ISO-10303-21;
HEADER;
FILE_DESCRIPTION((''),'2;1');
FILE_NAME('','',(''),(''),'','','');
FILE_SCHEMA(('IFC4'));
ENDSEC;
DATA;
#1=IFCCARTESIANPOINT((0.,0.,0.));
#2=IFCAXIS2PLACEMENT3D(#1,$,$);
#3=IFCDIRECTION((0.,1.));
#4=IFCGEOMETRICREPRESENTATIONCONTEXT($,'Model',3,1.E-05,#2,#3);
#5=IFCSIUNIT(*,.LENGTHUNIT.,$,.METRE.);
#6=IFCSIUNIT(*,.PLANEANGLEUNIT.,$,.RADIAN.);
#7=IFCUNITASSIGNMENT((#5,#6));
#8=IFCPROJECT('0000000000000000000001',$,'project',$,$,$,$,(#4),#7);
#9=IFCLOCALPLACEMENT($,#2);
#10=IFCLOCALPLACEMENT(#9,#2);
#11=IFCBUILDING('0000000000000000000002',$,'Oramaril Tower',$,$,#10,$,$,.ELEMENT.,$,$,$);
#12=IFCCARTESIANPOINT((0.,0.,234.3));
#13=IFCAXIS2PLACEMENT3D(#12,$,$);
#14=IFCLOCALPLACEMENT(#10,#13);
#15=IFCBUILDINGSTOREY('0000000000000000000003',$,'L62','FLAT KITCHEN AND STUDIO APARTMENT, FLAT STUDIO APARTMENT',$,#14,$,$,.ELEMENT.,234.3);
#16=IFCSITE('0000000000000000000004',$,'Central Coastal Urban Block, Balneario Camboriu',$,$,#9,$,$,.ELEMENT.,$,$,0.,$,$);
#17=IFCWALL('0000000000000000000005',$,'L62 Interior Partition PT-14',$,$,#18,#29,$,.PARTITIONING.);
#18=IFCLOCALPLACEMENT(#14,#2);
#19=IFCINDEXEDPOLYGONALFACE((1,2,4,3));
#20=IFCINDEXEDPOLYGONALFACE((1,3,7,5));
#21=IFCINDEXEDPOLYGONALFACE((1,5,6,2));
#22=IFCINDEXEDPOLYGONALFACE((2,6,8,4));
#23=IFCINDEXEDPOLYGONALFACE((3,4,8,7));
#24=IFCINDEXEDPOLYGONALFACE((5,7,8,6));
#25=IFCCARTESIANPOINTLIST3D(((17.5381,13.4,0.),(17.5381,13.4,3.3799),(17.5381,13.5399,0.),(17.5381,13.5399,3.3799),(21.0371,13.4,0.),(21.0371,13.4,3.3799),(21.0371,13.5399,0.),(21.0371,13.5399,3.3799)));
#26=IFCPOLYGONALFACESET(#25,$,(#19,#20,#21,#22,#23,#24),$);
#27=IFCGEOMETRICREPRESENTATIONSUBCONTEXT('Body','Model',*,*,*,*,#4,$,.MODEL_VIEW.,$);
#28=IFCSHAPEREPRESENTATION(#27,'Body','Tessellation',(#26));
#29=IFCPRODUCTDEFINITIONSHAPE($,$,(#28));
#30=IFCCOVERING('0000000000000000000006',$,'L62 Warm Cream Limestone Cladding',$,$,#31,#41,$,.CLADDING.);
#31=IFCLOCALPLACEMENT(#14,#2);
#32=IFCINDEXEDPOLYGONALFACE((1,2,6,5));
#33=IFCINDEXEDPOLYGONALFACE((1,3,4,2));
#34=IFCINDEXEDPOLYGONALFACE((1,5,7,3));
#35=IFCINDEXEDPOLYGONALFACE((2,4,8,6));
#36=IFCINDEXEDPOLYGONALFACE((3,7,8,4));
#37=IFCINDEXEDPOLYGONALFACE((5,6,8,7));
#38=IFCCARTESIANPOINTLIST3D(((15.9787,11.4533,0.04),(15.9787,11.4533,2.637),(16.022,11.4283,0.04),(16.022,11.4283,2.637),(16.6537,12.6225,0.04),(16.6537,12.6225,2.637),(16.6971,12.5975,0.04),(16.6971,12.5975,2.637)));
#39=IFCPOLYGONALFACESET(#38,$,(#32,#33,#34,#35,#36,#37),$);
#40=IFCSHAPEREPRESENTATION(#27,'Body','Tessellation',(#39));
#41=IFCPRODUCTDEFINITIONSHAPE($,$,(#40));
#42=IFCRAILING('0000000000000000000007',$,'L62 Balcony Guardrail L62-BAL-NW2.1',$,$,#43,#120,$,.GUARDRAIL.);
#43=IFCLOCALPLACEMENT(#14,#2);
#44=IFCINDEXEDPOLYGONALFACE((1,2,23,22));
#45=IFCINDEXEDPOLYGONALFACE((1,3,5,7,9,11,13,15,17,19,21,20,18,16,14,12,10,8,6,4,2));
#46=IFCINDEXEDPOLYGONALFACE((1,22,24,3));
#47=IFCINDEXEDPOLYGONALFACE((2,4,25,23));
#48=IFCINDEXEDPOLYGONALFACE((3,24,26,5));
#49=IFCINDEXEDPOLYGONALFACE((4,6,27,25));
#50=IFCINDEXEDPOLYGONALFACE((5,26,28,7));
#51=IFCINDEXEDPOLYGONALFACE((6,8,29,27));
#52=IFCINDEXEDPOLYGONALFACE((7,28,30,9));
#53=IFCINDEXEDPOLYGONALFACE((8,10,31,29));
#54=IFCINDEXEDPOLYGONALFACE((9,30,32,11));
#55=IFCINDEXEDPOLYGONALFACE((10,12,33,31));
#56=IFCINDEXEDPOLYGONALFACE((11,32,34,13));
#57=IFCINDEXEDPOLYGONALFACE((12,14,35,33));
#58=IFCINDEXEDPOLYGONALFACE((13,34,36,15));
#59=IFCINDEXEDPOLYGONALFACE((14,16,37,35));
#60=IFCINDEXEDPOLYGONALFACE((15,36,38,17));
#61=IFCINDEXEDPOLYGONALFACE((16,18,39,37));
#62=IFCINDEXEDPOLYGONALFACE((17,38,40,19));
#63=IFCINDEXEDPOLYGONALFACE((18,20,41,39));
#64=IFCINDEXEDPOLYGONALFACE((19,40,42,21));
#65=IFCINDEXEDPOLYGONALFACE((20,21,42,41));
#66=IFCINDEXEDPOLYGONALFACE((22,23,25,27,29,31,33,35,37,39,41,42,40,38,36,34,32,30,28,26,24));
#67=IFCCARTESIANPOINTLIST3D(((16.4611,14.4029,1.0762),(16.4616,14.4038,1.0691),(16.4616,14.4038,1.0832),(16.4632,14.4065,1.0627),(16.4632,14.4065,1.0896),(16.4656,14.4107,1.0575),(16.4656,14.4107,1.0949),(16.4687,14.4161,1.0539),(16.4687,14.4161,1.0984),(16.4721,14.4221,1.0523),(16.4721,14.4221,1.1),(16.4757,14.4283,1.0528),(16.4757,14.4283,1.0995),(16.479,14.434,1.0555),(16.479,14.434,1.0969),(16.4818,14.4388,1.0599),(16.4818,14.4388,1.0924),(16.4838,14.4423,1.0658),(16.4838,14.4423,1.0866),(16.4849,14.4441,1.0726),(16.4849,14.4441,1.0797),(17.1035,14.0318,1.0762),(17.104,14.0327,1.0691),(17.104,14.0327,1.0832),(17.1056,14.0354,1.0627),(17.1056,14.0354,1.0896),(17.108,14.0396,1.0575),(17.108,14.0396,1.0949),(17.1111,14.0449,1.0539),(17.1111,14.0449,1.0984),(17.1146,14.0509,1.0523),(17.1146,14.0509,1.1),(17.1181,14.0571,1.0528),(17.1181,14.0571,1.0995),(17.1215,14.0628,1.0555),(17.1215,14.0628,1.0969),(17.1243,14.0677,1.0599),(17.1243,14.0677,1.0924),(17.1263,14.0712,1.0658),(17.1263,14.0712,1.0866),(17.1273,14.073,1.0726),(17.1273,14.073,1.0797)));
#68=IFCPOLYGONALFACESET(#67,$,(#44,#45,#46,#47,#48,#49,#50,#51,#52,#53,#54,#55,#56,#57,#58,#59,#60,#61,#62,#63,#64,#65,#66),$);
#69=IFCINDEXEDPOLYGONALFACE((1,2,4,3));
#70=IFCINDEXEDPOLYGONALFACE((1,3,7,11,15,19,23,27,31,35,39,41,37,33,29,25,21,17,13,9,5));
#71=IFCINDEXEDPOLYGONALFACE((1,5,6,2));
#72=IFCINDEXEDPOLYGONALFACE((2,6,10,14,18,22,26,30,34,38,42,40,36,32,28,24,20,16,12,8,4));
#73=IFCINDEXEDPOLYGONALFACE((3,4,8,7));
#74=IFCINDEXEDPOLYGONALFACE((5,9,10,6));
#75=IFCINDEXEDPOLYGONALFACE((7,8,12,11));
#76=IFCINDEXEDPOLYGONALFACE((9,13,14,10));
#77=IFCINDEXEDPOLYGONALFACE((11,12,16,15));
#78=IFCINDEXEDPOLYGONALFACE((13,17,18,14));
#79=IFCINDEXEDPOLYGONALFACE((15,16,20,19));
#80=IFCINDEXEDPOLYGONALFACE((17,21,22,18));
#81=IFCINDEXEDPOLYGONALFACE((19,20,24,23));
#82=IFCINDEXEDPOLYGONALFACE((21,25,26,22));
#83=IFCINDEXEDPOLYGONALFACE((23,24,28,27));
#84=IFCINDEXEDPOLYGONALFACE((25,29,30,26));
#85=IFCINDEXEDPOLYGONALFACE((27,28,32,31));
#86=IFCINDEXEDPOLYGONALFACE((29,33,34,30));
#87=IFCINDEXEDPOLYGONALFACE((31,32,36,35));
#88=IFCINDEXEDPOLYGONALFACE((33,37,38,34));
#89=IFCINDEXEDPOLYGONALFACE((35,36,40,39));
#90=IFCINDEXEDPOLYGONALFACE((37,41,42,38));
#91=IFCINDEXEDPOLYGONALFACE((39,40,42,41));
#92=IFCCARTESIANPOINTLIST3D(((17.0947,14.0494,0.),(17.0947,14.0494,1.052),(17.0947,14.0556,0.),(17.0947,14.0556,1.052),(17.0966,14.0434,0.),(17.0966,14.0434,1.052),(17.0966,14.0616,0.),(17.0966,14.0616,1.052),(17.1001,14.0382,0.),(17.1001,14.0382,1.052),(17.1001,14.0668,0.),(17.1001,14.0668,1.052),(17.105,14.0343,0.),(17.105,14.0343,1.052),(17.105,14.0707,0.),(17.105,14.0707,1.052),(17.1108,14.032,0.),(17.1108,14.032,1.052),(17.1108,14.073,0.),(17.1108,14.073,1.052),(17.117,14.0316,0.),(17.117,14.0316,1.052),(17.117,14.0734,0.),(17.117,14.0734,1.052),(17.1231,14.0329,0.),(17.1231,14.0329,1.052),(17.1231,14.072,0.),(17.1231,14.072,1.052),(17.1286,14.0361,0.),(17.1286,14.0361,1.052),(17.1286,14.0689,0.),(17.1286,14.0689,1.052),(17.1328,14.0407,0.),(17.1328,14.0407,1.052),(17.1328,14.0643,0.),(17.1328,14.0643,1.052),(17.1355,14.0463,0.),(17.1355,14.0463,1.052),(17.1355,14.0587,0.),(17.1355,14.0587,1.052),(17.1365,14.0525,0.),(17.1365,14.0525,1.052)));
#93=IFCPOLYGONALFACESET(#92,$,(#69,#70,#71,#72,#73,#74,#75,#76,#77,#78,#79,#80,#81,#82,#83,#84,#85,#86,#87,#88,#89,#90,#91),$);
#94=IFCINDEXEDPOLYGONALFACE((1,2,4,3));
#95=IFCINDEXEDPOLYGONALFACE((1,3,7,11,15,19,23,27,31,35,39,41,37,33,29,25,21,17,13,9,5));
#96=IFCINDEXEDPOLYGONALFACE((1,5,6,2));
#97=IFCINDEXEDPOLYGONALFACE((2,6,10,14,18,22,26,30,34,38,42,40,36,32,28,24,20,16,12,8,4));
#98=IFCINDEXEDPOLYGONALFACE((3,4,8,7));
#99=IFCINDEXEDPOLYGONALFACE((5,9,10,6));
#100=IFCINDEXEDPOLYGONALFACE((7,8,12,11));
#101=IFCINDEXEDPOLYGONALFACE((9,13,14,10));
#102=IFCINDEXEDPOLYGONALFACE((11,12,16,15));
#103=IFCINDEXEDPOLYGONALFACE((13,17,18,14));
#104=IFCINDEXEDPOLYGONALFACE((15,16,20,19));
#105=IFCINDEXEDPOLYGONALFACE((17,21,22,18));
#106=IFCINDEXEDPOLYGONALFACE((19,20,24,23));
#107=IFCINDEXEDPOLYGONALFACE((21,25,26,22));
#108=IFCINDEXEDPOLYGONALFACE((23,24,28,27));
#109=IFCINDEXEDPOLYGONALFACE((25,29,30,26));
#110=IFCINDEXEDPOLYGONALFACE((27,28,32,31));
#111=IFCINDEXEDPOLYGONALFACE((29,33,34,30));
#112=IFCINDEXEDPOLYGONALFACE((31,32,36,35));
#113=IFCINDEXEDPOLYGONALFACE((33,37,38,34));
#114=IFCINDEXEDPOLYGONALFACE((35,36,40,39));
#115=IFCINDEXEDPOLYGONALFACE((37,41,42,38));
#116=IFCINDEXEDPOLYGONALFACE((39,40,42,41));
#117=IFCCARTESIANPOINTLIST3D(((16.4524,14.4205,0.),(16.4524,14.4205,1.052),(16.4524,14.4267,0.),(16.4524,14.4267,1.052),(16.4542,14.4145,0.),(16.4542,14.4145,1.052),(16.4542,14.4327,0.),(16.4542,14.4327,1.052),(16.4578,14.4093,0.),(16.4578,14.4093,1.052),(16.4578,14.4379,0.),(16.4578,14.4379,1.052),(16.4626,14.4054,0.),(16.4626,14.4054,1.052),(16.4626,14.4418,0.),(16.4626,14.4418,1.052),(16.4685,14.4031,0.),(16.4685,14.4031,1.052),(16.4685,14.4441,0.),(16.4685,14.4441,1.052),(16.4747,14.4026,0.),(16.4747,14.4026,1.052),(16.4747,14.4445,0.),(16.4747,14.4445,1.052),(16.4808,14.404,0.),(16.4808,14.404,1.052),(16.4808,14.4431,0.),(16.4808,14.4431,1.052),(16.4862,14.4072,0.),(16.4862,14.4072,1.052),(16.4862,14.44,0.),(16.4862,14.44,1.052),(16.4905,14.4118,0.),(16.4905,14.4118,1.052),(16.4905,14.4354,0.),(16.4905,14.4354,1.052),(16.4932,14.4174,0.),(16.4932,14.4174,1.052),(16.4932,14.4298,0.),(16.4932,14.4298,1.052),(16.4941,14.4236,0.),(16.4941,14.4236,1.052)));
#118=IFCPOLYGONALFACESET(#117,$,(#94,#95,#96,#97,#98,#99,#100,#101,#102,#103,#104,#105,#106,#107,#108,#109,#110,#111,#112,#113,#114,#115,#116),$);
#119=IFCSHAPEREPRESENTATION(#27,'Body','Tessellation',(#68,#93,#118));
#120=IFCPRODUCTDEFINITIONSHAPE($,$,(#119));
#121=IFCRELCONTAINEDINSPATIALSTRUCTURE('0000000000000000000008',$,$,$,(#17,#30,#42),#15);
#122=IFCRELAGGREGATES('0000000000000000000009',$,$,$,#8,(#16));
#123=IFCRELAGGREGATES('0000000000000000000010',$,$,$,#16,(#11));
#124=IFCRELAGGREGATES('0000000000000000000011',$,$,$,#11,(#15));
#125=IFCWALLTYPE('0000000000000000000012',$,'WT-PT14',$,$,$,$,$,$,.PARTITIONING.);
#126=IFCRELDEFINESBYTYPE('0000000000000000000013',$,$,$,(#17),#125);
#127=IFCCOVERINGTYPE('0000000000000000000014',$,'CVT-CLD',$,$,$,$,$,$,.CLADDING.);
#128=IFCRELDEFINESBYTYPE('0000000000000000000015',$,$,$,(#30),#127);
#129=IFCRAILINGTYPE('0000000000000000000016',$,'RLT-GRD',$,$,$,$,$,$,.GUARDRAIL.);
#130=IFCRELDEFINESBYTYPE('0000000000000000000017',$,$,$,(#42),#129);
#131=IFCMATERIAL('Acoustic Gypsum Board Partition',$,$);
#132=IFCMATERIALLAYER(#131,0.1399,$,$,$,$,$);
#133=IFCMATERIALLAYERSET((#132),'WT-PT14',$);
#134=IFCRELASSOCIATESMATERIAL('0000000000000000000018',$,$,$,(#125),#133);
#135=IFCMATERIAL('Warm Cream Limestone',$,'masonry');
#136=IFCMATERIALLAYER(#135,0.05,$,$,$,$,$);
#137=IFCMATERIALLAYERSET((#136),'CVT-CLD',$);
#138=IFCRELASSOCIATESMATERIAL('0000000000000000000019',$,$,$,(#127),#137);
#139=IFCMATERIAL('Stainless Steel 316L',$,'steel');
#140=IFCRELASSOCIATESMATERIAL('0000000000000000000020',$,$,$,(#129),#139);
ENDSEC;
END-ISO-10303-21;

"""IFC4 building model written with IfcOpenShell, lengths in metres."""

from ifc_helpers import new_model, si_unit, direction, frame, frame_2d, origin, origin_2d, place, context, subcontext, project, spatial, rectangle, circle, extrude, material, layer, layer_set, type_object, element, save


model = new_model("IFC4")

# Units and contexts
model_context = context("Model", 3, precision=1e-05, world=origin(), true_north=direction((0.0, 1.0)))
body_context = subcontext(model_context, "Body", "Model", "MODEL_VIEW")
ifc_project = project(units=[si_unit("LENGTHUNIT", "METRE"), si_unit("PLANEANGLEUNIT", "RADIAN")], contexts=[model_context])

# Site, building, storey
site_placement = place(None, origin())
site = spatial("IfcSite", under=ifc_project, at=site_placement, Name="Central Coastal Urban Block, Balneario Camboriu", CompositionType="ELEMENT", RefElevation=0.0)
building_placement = place(site_placement, origin())
building = spatial("IfcBuilding", under=site, at=building_placement, Name="Oramaril Tower", CompositionType="ELEMENT")
storey_placement = place(building_placement, frame((0.0, 0.0, 234.3)))
storey = spatial("IfcBuildingStorey", under=building, at=storey_placement, Name="L62", Description="FLAT KITCHEN AND STUDIO APARTMENT, FLAT STUDIO APARTMENT", CompositionType="ELEMENT", Elevation=234.3)

# Wall
ifc_material_1 = material(Name="Acoustic Gypsum Board Partition")
ifc_layer_1 = layer(ifc_material_1, 0.1399)
ifc_layer_set_1 = layer_set([ifc_layer_1], Name="WT-PT14")
wall_type_1 = type_object("IfcWallType", Name="WT-PT14", PredefinedType="PARTITIONING", material=ifc_layer_set_1)
wall_1_placement = place(storey_placement, frame((17.5381, 13.47, 0.0), z_axis=(0.0, 0.0, 1.0), x_axis=(1.0, 0.0, 0.0)))
element("IfcWall", 1, at=wall_1_placement, inside=storey, type_object=wall_type_1, Name="L62 Interior Partition PT-14", PredefinedType="PARTITIONING", context=body_context, shape_type="SweptSolid", body=[
    extrude(rectangle(XDim=3.499, YDim=0.1399, at=frame_2d((1.7495, 0.0))), origin(), (0.0, 0.0, 1.0), 3.3799),
])

# Covering
ifc_material_2 = material(Name="Warm Cream Limestone", Category="masonry")
ifc_layer_2 = layer(ifc_material_2, 0.05)
ifc_layer_set_2 = layer_set([ifc_layer_2], Name="CVT-CLD")
covering_type = type_object("IfcCoveringType", Name="CVT-CLD", PredefinedType="CLADDING", material=ifc_layer_set_2)
covering_placement = place(storey_placement, frame((16.3379, 12.0254, 0.04), z_axis=(0.0, 0.0, 1.0), x_axis=(-0.499998, -0.866026, 0.0)))
element("IfcCovering", 2, at=covering_placement, inside=storey, type_object=covering_type, Name="L62 Warm Cream Limestone Cladding", PredefinedType="CLADDING", context=body_context, shape_type="SweptSolid", body=[
    extrude(rectangle(XDim=1.3501, YDim=0.05, at=origin_2d()), origin(), (0.0, 0.0, 1.0), 2.5969),
])

# Railing
ifc_material_3 = material(Name="Stainless Steel 316L", Category="steel")
railing_type = type_object("IfcRailingType", Name="RLT-GRD", PredefinedType="GUARDRAIL", material=ifc_material_3)
railing_1_placement = place(storey_placement, frame((17.1155, 14.0525, 0.0)))
element("IfcRailing", 3, at=railing_1_placement, inside=storey, type_object=railing_type, Name="L62 Balcony Guardrail L62-BAL-NW2.1", PredefinedType="GUARDRAIL", context=body_context, shape_type="SweptSolid", body=[
    extrude(circle(Radius=0.0239, at=origin_2d()), frame((0.0, 0.0, 1.0762), z_axis=(-0.865884, 0.500245, 0.0), x_axis=(-0.500245, -0.865884, 0.0)), (0.0, 0.0, 1.0), 0.7419),
    extrude(circle(Radius=0.021, at=origin_2d()), origin(), (0.0, 0.0, 1.0), 1.052),
    extrude(circle(Radius=0.021, at=origin_2d()), frame((-0.6423, 0.3711, 0.0)), (0.0, 0.0, 1.0), 1.052),
])

save(model, "model.ifc")
